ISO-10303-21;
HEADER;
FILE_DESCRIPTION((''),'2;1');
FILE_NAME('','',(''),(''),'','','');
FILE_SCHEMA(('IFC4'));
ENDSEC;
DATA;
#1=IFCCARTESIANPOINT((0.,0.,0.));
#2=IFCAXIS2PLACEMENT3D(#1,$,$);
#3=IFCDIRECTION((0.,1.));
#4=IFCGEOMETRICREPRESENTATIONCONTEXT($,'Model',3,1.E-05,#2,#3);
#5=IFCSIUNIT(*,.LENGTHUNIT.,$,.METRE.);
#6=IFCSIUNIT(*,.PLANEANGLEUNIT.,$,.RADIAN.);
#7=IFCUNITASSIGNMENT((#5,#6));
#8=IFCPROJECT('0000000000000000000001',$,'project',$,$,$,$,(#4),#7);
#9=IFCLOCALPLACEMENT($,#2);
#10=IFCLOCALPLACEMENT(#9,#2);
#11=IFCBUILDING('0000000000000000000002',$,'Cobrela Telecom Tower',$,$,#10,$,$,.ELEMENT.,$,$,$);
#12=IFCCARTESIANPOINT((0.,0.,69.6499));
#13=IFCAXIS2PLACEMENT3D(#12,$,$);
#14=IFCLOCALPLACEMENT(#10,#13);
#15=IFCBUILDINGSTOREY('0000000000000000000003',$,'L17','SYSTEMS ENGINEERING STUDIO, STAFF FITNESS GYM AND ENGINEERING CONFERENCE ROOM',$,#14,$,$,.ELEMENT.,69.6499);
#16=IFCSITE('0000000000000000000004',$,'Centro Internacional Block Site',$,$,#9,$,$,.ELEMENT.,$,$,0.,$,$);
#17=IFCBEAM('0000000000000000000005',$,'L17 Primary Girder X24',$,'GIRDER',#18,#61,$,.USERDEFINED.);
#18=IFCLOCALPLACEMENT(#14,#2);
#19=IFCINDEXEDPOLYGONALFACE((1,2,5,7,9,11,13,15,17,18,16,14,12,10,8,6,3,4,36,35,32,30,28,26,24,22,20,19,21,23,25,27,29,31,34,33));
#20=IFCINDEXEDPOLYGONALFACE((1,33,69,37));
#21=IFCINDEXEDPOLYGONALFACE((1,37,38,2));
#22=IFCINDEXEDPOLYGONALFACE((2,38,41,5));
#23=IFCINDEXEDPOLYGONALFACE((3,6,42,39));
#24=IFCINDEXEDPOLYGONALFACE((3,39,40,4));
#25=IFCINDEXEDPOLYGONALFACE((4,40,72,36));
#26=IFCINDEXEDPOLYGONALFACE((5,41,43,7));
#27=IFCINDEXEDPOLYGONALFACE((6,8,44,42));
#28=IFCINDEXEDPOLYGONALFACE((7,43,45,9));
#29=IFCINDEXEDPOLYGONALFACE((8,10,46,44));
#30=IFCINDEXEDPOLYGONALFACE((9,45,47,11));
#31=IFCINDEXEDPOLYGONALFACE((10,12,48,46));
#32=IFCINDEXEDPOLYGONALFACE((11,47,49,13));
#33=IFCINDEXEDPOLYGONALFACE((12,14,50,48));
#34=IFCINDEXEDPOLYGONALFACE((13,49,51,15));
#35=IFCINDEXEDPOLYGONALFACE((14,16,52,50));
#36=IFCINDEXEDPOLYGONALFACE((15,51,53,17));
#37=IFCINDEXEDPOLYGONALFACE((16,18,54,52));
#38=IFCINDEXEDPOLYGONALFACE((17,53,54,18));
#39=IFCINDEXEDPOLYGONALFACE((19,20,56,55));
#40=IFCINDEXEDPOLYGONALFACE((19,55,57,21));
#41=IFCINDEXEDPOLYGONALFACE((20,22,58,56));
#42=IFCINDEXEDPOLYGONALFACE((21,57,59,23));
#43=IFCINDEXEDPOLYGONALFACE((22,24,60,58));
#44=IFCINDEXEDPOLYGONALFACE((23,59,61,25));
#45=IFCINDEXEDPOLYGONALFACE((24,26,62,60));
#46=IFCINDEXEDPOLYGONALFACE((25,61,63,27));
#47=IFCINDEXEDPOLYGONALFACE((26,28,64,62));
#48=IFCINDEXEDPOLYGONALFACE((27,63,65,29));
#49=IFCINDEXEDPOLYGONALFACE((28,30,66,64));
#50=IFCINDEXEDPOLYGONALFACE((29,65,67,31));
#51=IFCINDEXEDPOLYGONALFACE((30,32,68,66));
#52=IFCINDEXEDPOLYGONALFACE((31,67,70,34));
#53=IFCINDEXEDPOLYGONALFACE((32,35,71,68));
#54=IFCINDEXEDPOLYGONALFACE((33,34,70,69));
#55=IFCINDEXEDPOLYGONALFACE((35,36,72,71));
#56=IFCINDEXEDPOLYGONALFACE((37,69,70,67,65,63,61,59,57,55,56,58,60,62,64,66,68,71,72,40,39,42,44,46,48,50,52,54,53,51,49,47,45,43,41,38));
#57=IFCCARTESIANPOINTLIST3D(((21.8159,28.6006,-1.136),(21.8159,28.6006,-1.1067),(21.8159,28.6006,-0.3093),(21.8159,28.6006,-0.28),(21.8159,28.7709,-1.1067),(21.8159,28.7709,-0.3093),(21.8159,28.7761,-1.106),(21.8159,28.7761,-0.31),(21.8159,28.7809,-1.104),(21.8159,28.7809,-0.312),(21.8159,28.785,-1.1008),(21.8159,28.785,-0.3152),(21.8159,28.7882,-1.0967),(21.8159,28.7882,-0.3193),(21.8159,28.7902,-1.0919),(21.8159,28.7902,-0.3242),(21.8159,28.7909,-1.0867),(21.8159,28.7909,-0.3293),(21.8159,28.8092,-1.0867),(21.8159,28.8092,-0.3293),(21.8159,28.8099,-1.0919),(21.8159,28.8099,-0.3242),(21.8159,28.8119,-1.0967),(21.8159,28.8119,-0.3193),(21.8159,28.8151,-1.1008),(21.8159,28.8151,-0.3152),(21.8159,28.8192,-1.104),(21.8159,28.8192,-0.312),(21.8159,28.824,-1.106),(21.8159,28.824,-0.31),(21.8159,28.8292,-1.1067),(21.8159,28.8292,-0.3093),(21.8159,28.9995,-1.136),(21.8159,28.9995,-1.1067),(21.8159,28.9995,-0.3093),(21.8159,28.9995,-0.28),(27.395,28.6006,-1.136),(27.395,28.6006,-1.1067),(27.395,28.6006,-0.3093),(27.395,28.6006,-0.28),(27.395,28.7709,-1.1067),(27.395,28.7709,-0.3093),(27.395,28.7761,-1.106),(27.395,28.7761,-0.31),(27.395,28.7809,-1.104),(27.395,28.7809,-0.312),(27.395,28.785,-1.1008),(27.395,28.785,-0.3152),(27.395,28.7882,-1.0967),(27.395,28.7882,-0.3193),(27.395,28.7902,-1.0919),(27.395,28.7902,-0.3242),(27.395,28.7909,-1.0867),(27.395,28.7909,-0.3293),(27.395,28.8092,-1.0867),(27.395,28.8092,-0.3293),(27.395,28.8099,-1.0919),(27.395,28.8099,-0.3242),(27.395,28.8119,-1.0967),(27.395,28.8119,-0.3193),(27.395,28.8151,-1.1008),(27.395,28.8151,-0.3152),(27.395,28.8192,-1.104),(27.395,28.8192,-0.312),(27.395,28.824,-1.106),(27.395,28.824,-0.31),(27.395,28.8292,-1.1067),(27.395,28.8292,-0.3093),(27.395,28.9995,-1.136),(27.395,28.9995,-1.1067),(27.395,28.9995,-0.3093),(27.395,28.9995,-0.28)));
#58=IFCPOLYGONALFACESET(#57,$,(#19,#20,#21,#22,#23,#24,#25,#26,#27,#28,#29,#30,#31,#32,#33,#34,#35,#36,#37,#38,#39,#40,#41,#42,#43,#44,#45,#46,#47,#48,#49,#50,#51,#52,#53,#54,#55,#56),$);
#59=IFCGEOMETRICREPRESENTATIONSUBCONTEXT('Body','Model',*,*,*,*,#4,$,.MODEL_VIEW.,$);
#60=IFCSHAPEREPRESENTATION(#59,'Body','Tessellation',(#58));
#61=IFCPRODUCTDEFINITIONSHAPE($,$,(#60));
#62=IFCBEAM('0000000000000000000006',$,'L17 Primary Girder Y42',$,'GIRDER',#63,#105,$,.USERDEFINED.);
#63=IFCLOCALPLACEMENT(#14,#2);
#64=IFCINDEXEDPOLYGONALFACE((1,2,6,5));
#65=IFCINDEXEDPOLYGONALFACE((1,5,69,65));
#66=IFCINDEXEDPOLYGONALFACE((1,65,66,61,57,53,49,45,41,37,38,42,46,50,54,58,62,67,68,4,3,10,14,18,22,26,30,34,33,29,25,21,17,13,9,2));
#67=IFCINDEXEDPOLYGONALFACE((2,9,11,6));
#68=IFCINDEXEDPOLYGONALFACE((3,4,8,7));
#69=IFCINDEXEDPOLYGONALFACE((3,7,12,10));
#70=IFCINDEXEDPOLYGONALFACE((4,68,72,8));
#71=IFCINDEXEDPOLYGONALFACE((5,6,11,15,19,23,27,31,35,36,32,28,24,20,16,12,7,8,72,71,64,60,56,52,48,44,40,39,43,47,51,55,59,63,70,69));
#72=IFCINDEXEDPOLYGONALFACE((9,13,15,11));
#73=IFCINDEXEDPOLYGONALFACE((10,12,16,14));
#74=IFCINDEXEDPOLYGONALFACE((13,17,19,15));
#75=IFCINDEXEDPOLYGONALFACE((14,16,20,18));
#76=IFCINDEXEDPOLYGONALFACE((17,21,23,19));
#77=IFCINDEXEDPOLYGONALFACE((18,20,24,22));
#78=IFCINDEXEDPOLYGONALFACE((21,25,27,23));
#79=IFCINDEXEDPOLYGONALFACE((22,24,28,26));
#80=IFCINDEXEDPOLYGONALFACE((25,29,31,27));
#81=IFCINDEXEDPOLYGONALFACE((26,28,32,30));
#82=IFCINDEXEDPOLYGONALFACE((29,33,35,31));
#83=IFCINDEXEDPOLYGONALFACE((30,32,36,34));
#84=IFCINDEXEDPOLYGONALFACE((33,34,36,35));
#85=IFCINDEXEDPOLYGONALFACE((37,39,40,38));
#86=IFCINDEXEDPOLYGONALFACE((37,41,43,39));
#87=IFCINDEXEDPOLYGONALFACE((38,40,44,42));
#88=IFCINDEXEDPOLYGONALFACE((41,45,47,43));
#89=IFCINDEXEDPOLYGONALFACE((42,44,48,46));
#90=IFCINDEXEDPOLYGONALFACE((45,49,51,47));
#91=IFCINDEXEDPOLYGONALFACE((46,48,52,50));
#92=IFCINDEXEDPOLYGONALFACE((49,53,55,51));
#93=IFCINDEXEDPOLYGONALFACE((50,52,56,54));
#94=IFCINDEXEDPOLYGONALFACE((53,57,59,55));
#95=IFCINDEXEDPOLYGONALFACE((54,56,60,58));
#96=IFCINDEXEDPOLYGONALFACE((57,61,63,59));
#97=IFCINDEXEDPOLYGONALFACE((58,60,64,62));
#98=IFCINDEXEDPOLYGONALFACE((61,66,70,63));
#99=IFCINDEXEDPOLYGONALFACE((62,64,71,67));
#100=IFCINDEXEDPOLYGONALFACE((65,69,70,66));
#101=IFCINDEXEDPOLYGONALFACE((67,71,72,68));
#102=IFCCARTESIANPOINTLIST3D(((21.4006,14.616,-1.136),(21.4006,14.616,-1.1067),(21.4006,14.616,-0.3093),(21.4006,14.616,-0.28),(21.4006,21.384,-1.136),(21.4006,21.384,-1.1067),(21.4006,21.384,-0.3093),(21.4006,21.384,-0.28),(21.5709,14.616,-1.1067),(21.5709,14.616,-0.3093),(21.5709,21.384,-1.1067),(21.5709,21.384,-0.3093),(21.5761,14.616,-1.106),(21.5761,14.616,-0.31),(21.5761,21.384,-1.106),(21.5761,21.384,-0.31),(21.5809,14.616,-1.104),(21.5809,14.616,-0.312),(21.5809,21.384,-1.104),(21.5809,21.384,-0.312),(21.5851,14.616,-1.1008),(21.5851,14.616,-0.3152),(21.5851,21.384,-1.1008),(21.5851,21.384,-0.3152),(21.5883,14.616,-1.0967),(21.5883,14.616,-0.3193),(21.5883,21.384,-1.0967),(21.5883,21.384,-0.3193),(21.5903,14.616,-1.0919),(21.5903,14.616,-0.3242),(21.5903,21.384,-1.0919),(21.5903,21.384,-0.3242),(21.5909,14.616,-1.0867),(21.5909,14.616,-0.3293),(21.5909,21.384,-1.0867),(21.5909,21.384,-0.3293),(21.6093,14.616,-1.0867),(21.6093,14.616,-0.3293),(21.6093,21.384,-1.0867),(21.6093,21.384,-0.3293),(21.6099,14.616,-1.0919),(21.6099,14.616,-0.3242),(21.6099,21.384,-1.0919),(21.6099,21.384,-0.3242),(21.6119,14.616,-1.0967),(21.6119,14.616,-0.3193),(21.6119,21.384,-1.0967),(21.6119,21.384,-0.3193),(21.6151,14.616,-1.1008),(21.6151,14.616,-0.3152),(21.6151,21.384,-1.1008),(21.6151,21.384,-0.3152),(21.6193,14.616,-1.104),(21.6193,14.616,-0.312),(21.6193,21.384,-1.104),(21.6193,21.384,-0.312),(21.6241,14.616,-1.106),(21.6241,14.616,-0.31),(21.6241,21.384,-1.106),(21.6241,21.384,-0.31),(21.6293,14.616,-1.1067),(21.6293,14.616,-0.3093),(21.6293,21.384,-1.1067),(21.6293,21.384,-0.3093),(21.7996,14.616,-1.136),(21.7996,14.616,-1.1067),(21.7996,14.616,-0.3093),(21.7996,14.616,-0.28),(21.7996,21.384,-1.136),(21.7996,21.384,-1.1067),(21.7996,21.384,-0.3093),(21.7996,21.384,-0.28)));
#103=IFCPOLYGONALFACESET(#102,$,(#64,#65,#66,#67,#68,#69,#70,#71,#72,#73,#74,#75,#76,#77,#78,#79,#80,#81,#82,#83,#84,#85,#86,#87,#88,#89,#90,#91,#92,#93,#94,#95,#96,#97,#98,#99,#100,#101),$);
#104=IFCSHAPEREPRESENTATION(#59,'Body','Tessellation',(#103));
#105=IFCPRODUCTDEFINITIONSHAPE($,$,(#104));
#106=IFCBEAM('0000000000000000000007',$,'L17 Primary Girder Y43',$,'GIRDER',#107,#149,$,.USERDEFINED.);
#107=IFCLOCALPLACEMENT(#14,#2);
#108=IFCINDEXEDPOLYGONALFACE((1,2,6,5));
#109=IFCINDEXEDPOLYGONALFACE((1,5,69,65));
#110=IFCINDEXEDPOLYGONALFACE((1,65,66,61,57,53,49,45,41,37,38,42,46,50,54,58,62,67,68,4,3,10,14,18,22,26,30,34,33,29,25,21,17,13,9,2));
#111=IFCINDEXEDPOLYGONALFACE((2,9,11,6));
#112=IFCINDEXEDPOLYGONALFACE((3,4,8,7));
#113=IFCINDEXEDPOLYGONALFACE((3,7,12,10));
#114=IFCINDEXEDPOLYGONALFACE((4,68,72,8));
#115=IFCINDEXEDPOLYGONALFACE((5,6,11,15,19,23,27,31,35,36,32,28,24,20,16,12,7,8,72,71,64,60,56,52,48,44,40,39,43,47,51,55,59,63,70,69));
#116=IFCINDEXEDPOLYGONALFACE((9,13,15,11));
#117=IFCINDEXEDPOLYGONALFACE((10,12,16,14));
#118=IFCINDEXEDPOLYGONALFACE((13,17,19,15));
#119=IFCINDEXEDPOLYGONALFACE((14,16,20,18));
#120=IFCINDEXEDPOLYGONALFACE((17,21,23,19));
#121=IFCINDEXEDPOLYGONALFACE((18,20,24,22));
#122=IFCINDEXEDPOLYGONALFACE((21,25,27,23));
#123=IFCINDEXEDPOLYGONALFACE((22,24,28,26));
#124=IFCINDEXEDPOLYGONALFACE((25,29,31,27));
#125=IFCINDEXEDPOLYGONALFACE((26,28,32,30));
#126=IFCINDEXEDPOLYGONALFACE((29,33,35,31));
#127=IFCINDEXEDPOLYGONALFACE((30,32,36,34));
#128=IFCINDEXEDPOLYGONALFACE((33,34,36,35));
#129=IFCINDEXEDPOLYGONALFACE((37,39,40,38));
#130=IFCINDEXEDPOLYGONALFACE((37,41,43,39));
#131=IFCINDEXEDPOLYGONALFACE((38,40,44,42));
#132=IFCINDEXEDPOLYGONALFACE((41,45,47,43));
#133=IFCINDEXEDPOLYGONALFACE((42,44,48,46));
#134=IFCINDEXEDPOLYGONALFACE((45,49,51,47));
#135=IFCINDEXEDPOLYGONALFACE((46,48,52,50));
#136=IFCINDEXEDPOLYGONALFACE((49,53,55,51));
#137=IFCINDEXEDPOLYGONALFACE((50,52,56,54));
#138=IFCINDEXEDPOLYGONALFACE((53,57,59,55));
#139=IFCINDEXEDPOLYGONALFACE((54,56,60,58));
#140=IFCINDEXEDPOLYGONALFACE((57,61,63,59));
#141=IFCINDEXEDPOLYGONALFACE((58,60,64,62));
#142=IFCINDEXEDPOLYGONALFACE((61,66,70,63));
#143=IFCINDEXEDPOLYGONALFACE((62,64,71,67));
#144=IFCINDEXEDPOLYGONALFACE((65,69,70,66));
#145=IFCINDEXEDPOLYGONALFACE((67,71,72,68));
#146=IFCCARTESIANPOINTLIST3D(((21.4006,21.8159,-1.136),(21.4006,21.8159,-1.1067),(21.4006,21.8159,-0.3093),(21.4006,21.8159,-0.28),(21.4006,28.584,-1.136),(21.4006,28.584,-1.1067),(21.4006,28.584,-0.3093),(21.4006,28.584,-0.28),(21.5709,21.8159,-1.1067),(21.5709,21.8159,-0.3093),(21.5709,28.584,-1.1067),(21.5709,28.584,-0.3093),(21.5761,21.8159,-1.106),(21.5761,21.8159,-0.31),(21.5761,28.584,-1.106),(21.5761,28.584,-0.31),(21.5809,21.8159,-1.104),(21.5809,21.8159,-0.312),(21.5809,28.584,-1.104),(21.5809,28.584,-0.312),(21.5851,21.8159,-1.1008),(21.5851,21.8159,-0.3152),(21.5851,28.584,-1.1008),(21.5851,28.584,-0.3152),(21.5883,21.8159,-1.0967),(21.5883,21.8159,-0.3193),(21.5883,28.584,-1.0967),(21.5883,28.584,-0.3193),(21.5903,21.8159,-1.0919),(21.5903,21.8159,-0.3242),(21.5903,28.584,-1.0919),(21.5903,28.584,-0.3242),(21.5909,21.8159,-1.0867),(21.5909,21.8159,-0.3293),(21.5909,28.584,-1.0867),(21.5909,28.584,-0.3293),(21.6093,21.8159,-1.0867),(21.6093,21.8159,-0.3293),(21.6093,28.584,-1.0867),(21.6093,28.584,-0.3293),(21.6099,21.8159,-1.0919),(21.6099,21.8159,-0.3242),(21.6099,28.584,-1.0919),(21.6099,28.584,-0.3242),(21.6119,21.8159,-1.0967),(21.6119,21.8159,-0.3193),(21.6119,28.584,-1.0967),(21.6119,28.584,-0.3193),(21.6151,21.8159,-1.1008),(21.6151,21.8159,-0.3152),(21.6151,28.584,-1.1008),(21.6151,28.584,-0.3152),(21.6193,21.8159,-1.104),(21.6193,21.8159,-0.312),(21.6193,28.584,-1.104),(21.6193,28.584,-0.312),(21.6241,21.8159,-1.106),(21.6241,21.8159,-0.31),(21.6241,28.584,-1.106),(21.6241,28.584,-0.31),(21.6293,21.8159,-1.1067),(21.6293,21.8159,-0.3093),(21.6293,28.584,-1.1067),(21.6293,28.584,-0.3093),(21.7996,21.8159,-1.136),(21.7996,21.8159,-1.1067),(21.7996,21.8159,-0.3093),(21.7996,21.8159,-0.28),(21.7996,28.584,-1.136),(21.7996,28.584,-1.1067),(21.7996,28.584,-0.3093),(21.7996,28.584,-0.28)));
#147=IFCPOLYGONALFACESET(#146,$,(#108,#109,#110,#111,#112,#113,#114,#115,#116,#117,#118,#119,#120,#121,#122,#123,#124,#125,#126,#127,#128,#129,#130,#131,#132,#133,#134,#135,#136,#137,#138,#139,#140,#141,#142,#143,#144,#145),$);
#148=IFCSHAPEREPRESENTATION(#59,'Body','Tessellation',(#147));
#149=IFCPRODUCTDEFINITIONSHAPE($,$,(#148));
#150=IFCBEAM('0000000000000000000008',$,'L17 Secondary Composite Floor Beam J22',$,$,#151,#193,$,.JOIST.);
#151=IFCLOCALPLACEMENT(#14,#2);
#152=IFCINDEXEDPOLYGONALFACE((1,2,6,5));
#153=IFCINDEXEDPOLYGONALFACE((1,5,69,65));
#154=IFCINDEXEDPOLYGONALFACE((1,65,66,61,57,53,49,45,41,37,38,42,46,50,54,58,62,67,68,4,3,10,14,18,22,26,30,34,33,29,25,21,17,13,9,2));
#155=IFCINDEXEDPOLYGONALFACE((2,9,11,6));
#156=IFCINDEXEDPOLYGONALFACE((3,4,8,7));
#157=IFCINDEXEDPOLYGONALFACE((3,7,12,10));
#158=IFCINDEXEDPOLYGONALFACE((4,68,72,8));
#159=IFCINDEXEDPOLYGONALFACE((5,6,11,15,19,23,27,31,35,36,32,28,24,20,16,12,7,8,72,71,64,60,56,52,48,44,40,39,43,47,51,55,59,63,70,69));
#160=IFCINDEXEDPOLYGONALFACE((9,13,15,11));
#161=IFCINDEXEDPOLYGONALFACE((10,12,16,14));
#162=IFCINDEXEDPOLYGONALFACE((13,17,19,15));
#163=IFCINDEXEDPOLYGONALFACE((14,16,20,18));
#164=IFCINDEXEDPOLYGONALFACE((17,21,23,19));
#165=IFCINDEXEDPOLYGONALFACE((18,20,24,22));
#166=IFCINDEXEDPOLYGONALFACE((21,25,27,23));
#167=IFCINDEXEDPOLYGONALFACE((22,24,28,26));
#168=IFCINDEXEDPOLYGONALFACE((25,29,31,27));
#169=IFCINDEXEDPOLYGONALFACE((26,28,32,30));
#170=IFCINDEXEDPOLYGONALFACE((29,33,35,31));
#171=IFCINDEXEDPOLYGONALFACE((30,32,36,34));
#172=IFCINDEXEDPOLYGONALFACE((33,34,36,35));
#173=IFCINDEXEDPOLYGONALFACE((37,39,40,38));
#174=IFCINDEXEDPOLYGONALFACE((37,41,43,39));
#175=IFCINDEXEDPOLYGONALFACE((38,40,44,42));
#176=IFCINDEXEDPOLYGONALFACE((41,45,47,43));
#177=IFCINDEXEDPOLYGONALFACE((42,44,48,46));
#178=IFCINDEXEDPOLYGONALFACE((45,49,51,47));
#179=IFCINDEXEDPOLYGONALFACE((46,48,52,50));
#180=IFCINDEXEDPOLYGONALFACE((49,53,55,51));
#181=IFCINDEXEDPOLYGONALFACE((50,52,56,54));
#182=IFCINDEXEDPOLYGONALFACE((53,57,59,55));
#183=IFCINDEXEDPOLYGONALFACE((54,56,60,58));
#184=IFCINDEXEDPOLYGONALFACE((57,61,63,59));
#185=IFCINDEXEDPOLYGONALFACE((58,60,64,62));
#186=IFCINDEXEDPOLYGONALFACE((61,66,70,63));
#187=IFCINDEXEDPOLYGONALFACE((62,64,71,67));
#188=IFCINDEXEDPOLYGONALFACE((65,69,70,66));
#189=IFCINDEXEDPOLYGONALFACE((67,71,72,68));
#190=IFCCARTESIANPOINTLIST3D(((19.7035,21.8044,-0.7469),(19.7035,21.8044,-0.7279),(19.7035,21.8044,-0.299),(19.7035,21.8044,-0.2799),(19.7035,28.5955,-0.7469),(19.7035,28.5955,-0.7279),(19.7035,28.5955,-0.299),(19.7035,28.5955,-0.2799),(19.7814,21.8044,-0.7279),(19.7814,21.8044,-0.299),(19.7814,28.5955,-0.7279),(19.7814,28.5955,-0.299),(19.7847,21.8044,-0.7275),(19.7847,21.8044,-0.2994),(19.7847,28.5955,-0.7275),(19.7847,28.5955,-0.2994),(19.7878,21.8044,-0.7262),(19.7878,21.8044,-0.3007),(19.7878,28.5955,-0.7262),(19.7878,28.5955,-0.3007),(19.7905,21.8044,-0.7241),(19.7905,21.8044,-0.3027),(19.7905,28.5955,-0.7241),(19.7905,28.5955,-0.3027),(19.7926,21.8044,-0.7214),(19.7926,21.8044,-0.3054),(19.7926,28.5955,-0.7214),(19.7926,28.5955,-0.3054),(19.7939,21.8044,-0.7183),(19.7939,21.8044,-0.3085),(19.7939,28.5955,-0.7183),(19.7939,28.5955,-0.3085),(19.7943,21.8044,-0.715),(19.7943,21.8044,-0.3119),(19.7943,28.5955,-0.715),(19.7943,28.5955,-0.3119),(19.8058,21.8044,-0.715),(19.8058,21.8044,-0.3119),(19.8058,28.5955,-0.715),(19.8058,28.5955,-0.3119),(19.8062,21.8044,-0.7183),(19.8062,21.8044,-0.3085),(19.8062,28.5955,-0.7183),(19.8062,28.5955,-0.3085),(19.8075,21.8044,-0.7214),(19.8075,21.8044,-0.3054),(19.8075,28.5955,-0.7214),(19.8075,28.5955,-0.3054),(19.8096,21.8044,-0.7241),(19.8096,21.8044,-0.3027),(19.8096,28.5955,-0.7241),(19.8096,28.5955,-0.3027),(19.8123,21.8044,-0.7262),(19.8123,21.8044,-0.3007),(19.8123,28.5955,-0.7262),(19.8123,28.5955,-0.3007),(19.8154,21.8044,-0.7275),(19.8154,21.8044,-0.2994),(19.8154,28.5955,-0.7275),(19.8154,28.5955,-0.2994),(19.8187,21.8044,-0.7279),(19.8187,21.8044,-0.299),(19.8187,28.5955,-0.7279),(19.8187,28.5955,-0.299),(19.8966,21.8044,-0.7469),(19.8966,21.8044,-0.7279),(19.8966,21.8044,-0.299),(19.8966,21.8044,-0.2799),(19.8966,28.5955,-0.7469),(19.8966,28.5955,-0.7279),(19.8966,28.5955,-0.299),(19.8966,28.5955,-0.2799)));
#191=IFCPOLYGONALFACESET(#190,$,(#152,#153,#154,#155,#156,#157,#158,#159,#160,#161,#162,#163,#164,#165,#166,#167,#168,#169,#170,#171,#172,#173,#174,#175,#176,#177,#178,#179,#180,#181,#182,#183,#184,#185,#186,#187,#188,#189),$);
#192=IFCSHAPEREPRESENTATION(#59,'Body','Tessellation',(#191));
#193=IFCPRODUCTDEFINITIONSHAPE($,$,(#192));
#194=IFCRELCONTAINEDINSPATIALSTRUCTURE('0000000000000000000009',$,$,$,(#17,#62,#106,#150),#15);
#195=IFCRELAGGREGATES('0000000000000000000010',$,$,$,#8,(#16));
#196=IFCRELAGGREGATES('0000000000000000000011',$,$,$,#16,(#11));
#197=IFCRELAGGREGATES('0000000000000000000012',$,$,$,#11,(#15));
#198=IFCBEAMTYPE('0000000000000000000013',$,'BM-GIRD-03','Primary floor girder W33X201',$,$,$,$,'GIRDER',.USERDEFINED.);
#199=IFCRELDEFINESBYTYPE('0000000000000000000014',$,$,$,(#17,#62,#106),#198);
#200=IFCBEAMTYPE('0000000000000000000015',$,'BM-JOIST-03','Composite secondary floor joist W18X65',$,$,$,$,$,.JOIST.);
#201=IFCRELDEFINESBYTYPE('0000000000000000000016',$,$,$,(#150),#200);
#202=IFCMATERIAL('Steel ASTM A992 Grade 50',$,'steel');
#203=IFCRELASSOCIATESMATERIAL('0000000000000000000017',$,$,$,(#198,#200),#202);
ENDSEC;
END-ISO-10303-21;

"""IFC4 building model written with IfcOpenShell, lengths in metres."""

from ifc_helpers import new_model, si_unit, direction, frame, origin, origin_2d, place, context, subcontext, project, spatial, i_section, extrude, material, material_profile, profile_set, type_object, element, save


model = new_model("IFC4")

# Units and contexts
model_context = context("Model", 3, precision=1e-05, world=origin(), true_north=direction((0.0, 1.0)))
body_context = subcontext(model_context, "Body", "Model", "MODEL_VIEW")
ifc_project = project(units=[si_unit("LENGTHUNIT", "METRE"), si_unit("PLANEANGLEUNIT", "RADIAN")], contexts=[model_context])

# Site, building, storey
site_placement = place(None, origin())
site = spatial("IfcSite", under=ifc_project, at=site_placement, Name="Centro Internacional Block Site", CompositionType="ELEMENT", RefElevation=0.0)
building_placement = place(site_placement, origin())
building = spatial("IfcBuilding", under=site, at=building_placement, Name="Cobrela Telecom Tower", CompositionType="ELEMENT")
storey_placement = place(building_placement, frame((0.0, 0.0, 69.6499)))
storey = spatial("IfcBuildingStorey", under=building, at=storey_placement, Name="L17", Description="SYSTEMS ENGINEERING STUDIO, STAFF FITNESS GYM AND ENGINEERING CONFERENCE ROOM", CompositionType="ELEMENT", Elevation=69.6499)

# Shared definitions
ifc_material_1 = material(Name="Steel ASTM A992 Grade 50", Category="steel")

# Beams
ifc_material_profile_1 = material_profile(ifc_material_1, i_section(OverallWidth=0.3989, OverallDepth=0.856, WebThickness=0.0183, FlangeThickness=0.0293, FilletRadius=0.02, at=origin_2d()), Name="W33X201")
ifc_profile_set_1 = profile_set([ifc_material_profile_1], Name="Steel ASTM A992 Grade 50")
beam_type_1 = type_object("IfcBeamType", Name="BM-GIRD-03", Description="Primary floor girder W33X201", ElementType="GIRDER", PredefinedType="USERDEFINED", material=ifc_profile_set_1)
beam_1_placement = place(storey_placement, frame((21.8159, 28.8, -0.708), z_axis=(1.0, 0.0, 0.0), x_axis=(0.0, 1.0, 0.0)))
element("IfcBeam", 1, at=beam_1_placement, inside=storey, type_object=beam_type_1, Name="L17 Primary Girder X24", ObjectType="GIRDER", PredefinedType="USERDEFINED", context=body_context, shape_type="SweptSolid", body=[
    extrude(i_section(OverallWidth=0.3989, OverallDepth=0.856, WebThickness=0.0183, FlangeThickness=0.0293, FilletRadius=0.02, at=origin_2d()), origin(), (0.0, 0.0, 1.0), 5.5791),
])
for number, where, z_axis, x_axis, name in (
    (2, (21.6001, 14.616, -0.708), (0.0, 1.0, 0.0), (-1.0, 0.0, 0.0), "L17 Primary Girder Y42"),
    (3, (21.6001, 21.8159, -0.708), (0.0, 1.0, 0.0), (-1.0, 0.0, 0.0), "L17 Primary Girder Y43"),
):
    element("IfcBeam", number, at=place(storey_placement, frame(where, z_axis=z_axis, x_axis=x_axis)), inside=storey, type_object=beam_type_1, Name=name, ObjectType="GIRDER", PredefinedType="USERDEFINED", context=body_context, shape_type="SweptSolid", body=[
        extrude(i_section(OverallWidth=0.3989, OverallDepth=0.856, WebThickness=0.0183, FlangeThickness=0.0293, FilletRadius=0.02, at=origin_2d()), origin(), (0.0, 0.0, 1.0), 6.7681),
    ])
ifc_material_profile_2 = material_profile(ifc_material_1, i_section(OverallWidth=0.1931, OverallDepth=0.467, WebThickness=0.0115, FlangeThickness=0.019, FilletRadius=0.0129, at=origin_2d()), Name="W18X65")
ifc_profile_set_2 = profile_set([ifc_material_profile_2], Name="Steel ASTM A992 Grade 50")
beam_type_2 = type_object("IfcBeamType", Name="BM-JOIST-03", Description="Composite secondary floor joist W18X65", PredefinedType="JOIST", material=ifc_profile_set_2)
for number, where, z_axis, x_axis, name in (
    (4, (19.8, 21.8044, -0.5134), (0.0, 1.0, 0.0), (-1.0, 0.0, 0.0), "L17 Secondary Composite Floor Beam J22"),
):
    element("IfcBeam", number, at=place(storey_placement, frame(where, z_axis=z_axis, x_axis=x_axis)), inside=storey, type_object=beam_type_2, Name=name, PredefinedType="JOIST", context=body_context, shape_type="SweptSolid", body=[
        extrude(i_section(OverallWidth=0.1931, OverallDepth=0.467, WebThickness=0.0115, FlangeThickness=0.019, FilletRadius=0.0129, at=origin_2d()), origin(), (0.0, 0.0, 1.0), 6.791),
    ])

save(model, "model.ifc")
